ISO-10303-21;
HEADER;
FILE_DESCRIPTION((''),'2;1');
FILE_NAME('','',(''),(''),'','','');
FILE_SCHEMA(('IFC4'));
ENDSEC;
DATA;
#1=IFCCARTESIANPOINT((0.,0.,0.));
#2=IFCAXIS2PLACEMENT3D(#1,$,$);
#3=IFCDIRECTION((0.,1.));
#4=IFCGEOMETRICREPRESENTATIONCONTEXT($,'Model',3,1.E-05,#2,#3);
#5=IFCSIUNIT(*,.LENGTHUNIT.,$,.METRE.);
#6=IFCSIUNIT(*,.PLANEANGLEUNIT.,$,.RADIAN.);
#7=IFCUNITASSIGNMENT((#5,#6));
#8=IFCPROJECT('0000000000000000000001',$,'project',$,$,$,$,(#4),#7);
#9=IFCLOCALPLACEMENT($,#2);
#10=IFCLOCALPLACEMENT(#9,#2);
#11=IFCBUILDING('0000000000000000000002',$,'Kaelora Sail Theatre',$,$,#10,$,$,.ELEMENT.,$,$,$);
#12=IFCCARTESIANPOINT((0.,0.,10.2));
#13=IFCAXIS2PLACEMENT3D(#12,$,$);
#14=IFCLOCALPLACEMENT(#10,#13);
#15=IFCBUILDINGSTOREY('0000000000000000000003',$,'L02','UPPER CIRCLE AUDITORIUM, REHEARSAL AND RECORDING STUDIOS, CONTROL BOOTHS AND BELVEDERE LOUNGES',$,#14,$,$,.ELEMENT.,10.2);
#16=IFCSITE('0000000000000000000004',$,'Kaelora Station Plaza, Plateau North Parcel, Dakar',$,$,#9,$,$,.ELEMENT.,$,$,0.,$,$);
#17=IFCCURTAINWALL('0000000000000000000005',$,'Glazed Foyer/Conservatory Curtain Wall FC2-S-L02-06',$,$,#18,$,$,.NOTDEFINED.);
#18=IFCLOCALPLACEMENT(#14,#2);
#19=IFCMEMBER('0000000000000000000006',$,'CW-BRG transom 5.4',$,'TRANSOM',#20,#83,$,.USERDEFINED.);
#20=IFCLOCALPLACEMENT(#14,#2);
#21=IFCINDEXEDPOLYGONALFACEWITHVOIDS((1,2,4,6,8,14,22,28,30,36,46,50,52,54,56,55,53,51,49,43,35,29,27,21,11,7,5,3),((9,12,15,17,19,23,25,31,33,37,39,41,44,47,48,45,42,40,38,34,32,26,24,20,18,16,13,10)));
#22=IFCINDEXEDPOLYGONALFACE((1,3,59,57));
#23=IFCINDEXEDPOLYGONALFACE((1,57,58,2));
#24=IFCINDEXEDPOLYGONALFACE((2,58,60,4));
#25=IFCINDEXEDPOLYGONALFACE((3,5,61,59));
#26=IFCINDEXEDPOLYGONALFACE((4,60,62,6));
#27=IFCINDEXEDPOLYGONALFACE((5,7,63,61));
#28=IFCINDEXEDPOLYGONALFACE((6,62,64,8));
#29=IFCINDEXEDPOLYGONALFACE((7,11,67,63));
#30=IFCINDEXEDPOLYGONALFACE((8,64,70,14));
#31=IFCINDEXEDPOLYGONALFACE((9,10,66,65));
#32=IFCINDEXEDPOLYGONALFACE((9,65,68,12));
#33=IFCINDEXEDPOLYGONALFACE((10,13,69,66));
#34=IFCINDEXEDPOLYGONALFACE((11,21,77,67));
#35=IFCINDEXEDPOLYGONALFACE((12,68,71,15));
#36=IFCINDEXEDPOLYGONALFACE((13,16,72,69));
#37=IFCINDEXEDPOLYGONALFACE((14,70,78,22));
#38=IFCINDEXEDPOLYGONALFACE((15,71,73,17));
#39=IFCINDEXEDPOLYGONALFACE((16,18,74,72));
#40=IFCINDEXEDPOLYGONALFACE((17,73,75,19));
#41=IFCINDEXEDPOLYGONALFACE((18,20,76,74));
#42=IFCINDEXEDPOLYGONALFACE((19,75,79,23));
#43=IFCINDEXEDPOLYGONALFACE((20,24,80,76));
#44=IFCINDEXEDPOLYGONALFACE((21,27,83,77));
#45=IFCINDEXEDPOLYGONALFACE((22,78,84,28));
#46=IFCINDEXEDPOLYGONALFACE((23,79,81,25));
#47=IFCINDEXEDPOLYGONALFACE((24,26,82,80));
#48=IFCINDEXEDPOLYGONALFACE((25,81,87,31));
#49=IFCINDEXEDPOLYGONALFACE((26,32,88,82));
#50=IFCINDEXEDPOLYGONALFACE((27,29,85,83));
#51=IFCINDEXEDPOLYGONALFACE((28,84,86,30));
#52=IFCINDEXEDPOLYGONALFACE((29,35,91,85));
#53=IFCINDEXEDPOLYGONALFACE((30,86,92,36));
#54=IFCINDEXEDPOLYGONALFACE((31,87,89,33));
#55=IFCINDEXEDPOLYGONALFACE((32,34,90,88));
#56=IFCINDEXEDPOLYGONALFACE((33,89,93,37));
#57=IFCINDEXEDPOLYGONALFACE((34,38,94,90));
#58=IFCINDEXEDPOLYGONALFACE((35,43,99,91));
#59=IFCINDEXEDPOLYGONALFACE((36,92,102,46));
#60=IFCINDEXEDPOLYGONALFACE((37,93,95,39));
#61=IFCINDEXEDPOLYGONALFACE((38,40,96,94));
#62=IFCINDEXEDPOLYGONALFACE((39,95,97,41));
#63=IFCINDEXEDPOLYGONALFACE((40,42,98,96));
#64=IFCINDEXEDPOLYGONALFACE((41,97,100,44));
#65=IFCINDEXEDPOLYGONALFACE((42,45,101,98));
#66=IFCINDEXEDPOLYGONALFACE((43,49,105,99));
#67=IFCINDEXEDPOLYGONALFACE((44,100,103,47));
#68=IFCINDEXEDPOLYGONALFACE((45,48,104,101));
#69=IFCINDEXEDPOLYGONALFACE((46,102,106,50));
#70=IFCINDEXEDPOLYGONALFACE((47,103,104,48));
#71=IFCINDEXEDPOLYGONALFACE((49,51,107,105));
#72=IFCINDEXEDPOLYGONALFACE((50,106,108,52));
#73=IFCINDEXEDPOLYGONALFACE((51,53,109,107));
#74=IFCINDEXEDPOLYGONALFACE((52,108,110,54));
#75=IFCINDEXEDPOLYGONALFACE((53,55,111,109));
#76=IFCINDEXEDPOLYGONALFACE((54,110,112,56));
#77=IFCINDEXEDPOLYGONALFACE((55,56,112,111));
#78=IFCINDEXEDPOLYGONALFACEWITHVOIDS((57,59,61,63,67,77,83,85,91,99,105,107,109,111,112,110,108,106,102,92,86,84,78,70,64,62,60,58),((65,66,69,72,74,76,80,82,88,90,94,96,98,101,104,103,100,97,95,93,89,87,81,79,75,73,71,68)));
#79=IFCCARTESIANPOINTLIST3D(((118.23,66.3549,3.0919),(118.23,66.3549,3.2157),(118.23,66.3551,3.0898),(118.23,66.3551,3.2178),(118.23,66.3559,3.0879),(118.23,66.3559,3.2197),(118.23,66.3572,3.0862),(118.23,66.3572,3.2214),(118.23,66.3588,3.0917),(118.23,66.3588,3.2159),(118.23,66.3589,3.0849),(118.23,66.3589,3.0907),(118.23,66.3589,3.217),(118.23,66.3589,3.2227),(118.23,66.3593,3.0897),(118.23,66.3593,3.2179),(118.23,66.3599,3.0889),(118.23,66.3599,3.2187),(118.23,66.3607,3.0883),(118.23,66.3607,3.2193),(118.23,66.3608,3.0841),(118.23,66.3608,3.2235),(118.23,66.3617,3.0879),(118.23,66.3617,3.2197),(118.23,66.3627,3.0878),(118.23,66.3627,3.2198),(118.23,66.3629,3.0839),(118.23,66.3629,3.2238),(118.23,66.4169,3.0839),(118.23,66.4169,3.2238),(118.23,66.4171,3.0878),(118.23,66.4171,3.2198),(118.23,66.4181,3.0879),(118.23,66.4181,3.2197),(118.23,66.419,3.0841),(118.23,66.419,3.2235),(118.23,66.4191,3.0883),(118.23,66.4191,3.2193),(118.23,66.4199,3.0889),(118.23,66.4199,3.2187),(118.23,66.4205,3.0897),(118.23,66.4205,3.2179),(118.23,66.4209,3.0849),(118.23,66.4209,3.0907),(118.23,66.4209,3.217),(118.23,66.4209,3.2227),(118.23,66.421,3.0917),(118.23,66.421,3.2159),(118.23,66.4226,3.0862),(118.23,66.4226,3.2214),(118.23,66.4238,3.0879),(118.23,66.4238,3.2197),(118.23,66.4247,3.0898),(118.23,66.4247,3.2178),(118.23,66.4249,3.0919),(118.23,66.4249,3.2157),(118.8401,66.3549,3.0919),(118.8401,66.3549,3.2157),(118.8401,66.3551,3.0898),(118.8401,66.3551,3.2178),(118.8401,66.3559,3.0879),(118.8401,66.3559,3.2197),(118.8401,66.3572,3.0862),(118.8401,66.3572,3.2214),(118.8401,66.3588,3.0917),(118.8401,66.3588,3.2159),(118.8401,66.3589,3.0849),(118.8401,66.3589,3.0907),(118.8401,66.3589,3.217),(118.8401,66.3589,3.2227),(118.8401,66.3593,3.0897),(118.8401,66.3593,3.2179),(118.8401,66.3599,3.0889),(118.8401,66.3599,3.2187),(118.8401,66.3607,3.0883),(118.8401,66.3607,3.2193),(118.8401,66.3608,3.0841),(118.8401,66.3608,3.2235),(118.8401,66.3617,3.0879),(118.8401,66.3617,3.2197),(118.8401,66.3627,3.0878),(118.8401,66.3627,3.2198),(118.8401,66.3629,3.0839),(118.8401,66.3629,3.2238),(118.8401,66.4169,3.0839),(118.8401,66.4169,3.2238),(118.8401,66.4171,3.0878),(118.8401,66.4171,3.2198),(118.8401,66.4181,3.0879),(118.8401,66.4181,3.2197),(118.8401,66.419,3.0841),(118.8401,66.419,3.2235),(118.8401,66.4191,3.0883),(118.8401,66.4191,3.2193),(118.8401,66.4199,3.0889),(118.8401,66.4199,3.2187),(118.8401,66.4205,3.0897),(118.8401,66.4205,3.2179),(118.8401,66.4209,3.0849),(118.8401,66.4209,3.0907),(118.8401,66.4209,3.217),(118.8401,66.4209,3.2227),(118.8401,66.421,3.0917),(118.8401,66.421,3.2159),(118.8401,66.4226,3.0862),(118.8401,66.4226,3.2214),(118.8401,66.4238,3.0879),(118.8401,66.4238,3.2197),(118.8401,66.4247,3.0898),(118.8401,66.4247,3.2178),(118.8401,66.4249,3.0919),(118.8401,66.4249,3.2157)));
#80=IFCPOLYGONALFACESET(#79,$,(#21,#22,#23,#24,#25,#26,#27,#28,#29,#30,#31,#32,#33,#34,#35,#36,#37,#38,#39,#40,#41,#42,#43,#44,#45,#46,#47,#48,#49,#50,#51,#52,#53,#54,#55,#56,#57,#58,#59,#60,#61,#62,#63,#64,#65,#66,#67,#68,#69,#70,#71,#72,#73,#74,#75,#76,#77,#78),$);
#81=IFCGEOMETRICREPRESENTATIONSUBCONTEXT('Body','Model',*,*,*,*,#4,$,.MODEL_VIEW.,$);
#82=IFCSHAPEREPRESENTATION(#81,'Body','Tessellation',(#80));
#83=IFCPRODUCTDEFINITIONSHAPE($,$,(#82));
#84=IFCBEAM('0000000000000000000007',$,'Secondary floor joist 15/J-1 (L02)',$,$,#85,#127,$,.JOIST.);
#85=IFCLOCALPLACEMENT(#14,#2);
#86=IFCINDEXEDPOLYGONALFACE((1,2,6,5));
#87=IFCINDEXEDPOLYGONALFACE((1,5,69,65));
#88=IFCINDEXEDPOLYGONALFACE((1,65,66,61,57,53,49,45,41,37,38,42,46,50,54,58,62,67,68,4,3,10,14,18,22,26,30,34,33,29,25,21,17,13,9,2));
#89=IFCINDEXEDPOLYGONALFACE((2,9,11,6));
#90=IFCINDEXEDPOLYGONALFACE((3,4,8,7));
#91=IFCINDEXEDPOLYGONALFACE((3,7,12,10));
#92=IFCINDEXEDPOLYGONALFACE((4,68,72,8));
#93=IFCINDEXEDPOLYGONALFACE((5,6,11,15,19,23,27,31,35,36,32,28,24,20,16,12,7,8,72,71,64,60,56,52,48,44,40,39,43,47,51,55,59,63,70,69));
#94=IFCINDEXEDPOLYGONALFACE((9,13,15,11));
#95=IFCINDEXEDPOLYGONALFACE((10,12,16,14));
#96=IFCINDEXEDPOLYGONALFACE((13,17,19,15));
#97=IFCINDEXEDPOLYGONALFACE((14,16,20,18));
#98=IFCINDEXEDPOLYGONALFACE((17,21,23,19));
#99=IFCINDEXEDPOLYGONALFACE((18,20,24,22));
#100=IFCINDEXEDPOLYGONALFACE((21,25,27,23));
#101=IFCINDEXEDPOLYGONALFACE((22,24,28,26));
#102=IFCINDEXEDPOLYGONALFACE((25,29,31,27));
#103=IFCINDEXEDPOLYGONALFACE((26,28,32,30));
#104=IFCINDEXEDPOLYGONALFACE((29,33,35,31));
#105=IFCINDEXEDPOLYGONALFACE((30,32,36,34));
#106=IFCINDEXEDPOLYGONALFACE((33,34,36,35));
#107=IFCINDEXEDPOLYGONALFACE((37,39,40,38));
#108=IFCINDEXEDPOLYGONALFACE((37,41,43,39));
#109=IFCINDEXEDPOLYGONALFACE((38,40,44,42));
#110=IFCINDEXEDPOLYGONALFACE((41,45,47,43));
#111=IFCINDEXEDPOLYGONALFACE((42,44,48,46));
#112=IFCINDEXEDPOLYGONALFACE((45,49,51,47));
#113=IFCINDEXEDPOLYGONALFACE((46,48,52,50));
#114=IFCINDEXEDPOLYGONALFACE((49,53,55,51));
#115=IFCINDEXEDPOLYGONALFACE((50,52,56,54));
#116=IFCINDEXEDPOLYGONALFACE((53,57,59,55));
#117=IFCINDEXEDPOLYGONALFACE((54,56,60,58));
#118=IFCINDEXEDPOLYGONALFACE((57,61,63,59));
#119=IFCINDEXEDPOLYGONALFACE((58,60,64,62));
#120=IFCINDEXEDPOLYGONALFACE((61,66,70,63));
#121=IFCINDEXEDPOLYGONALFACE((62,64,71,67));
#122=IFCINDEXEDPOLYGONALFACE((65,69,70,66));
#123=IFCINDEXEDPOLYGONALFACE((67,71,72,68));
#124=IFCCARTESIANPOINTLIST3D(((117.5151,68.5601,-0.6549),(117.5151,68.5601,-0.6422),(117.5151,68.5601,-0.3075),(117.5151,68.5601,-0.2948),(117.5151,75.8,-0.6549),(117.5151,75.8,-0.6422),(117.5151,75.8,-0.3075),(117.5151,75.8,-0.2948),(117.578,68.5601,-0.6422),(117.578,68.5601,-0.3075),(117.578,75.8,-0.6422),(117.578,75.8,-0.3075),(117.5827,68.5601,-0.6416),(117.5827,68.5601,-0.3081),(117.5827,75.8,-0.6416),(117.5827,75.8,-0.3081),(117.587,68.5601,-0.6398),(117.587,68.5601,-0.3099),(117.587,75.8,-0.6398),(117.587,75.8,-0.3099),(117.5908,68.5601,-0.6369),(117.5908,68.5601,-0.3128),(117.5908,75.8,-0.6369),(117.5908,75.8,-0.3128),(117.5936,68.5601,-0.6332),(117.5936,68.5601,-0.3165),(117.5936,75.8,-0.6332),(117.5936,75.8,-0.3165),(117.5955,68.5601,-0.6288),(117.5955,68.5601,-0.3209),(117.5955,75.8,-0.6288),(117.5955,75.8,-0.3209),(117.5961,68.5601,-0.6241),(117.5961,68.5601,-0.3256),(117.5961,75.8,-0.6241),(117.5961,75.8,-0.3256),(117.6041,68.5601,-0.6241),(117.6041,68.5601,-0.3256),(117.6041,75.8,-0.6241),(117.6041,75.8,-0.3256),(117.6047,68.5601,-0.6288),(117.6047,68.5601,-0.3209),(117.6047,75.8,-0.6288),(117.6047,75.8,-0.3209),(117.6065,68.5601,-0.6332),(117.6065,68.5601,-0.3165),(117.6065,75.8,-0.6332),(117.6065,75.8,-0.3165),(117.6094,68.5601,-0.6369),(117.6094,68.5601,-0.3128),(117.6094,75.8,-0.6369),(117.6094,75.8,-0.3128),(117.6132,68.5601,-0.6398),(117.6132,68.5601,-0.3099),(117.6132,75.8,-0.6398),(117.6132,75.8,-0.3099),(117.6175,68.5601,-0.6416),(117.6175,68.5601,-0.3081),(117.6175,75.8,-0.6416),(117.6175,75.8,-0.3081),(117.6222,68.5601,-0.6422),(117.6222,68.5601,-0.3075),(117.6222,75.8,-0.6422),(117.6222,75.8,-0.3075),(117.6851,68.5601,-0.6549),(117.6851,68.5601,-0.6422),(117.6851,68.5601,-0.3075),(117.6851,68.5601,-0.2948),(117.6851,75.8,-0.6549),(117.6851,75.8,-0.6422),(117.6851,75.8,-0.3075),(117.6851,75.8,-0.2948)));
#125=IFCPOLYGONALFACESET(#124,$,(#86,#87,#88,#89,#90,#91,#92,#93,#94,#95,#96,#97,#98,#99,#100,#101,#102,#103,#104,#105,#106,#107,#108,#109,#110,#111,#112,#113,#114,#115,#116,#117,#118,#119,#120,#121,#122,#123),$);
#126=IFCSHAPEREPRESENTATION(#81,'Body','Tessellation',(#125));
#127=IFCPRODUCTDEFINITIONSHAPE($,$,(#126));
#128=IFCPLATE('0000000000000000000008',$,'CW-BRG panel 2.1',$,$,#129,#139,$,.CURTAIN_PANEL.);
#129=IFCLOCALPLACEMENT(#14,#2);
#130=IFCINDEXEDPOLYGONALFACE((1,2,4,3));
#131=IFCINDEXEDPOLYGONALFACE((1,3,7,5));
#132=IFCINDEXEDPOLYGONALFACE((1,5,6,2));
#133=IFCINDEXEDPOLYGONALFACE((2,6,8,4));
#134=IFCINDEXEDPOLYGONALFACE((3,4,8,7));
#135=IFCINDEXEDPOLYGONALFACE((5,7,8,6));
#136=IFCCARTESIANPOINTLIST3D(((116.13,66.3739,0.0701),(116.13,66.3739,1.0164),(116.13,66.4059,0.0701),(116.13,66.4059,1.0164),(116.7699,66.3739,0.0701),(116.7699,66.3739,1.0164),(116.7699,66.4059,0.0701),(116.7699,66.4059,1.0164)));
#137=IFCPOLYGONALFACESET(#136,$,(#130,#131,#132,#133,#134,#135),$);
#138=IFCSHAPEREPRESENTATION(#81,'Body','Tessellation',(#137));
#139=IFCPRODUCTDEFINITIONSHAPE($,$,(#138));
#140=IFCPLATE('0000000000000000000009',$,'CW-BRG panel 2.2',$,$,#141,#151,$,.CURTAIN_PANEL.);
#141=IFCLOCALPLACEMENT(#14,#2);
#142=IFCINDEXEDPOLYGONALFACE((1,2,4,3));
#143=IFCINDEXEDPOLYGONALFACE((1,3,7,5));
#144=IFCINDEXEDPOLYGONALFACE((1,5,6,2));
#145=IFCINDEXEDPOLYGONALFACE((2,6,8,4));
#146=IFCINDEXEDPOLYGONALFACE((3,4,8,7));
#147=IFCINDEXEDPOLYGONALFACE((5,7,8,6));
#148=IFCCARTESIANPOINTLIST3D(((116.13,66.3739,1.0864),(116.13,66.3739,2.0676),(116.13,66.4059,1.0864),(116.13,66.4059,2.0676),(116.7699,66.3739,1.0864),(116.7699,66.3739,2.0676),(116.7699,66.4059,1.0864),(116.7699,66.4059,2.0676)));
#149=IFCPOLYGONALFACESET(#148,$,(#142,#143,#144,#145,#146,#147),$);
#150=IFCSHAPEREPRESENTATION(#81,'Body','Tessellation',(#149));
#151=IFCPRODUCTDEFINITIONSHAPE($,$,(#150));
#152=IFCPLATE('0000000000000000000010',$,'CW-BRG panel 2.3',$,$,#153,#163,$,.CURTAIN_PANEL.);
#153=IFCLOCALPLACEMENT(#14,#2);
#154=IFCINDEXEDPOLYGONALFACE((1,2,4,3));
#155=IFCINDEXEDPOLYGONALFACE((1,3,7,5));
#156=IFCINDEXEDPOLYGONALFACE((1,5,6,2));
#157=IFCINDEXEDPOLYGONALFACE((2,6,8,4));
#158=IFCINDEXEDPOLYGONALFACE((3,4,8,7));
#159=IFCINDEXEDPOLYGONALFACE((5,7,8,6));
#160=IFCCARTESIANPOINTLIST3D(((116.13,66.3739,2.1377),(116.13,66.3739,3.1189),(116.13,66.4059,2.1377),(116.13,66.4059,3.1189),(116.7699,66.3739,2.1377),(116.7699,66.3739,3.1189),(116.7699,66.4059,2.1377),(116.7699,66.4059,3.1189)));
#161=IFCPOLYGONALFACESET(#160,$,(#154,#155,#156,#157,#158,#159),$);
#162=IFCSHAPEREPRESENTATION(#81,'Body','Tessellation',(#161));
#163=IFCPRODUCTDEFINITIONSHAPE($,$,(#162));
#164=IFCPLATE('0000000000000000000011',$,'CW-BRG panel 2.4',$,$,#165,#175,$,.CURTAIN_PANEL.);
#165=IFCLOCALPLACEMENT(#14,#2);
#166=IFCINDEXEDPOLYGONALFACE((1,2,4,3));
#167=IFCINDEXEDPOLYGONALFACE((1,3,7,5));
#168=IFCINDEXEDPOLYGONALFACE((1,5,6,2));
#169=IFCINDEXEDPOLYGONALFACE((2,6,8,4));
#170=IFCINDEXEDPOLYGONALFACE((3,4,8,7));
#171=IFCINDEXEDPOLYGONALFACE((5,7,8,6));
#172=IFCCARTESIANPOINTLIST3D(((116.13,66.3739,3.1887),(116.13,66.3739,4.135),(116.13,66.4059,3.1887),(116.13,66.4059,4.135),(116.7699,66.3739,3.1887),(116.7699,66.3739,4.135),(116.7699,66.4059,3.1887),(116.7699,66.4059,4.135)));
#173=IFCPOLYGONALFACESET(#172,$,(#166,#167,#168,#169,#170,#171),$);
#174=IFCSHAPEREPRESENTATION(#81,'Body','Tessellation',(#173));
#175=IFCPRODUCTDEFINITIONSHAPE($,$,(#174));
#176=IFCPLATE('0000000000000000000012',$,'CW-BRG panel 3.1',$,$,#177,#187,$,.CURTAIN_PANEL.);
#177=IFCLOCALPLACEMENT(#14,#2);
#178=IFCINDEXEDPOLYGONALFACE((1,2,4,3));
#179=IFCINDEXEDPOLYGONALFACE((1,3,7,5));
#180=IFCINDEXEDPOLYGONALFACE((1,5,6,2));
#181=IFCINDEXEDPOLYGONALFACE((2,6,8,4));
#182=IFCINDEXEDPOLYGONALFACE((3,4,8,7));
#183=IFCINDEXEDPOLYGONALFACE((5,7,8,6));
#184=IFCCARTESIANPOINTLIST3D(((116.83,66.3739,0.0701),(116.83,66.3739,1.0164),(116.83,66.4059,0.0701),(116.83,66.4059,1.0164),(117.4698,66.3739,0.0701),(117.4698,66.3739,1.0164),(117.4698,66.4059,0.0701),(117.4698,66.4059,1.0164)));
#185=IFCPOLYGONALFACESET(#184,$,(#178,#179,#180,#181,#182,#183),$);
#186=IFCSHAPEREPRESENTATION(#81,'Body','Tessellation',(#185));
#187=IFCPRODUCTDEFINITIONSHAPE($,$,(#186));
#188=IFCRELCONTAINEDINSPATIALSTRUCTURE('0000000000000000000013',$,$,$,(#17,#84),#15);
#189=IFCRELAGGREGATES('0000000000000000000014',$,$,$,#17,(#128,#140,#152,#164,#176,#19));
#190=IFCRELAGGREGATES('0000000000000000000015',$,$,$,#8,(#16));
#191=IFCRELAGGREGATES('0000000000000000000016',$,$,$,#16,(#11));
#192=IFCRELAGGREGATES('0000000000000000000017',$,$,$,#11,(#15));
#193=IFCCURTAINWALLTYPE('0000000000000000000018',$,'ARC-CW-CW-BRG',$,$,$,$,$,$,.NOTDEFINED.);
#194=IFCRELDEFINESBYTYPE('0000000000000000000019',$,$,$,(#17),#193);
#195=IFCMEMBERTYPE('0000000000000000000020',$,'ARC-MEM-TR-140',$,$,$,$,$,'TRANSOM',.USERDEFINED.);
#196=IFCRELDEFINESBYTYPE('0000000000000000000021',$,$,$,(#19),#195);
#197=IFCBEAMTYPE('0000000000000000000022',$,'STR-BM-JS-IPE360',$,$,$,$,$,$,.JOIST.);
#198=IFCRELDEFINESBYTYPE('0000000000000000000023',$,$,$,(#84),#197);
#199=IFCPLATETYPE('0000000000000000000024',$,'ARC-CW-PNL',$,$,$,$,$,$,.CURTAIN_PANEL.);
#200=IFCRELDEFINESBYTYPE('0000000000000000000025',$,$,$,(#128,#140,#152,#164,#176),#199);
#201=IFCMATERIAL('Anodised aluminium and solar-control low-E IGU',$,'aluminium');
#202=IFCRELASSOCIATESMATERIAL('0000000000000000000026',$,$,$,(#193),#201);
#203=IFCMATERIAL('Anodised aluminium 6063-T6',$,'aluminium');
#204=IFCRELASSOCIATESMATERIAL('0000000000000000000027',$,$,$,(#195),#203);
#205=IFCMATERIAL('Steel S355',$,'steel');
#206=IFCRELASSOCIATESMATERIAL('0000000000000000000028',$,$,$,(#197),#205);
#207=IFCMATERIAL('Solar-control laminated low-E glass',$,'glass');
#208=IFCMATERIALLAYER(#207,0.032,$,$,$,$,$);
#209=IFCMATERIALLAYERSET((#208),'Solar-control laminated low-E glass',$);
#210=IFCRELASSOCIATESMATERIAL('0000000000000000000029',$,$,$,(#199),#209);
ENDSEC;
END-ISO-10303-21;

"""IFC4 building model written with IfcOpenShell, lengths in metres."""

from ifc_helpers import new_model, si_unit, direction, frame, origin, origin_2d, place, context, subcontext, project, spatial, rectangle, hollow_rectangle, i_section, extrude, material, layer, layer_set, material_profile, profile_set, type_object, element, aggregate, save


model = new_model("IFC4")

# Units and contexts
model_context = context("Model", 3, precision=1e-05, world=origin(), true_north=direction((0.0, 1.0)))
body_context = subcontext(model_context, "Body", "Model", "MODEL_VIEW")
ifc_project = project(units=[si_unit("LENGTHUNIT", "METRE"), si_unit("PLANEANGLEUNIT", "RADIAN")], contexts=[model_context])

# Site, building, storey
site_placement = place(None, origin())
site = spatial("IfcSite", under=ifc_project, at=site_placement, Name="Kaelora Station Plaza, Plateau North Parcel, Dakar", CompositionType="ELEMENT", RefElevation=0.0)
building_placement = place(site_placement, origin())
building = spatial("IfcBuilding", under=site, at=building_placement, Name="Kaelora Sail Theatre", CompositionType="ELEMENT")
storey_placement = place(building_placement, frame((0.0, 0.0, 10.2)))
storey = spatial("IfcBuildingStorey", under=building, at=storey_placement, Name="L02", Description="UPPER CIRCLE AUDITORIUM, REHEARSAL AND RECORDING STUDIOS, CONTROL BOOTHS AND BELVEDERE LOUNGES", CompositionType="ELEMENT", Elevation=10.2)

# Curtain wall, member
ifc_material_1 = material(Name="Anodised aluminium and solar-control low-E IGU", Category="aluminium")
curtain_wall_type = type_object("IfcCurtainWallType", Name="ARC-CW-CW-BRG", PredefinedType="NOTDEFINED", material=ifc_material_1)
curtain_wall_placement = place(storey_placement, origin())
curtain_wall = element("IfcCurtainWall", 1, at=curtain_wall_placement, inside=storey, type_object=curtain_wall_type, Name="Glazed Foyer/Conservatory Curtain Wall FC2-S-L02-06", PredefinedType="NOTDEFINED")
ifc_material_2 = material(Name="Anodised aluminium 6063-T6", Category="aluminium")
ifc_material_profile_1 = material_profile(ifc_material_2, hollow_rectangle(XDim=0.0701, YDim=0.1399, WallThickness=0.0039, InnerFilletRadius=0.0039, OuterFilletRadius=0.0081, at=origin_2d()), Name="ALU-TRAN 70x140x4")
ifc_profile_set_1 = profile_set([ifc_material_profile_1], Name="Anodised aluminium 6063-T6")
member_type_1 = type_object("IfcMemberType", Name="ARC-MEM-TR-140", ElementType="TRANSOM", PredefinedType="USERDEFINED", material=ifc_profile_set_1)
member_1_placement = place(storey_placement, frame((118.23, 66.3899, 3.1538), z_axis=(1.0, 0.0, 0.0), x_axis=(0.0, 1.0, 0.0)))
member_1 = element("IfcMember", 2, at=member_1_placement, type_object=member_type_1, Name="CW-BRG transom 5.4", ObjectType="TRANSOM", PredefinedType="USERDEFINED", context=body_context, shape_type="SweptSolid", body=[
    extrude(hollow_rectangle(XDim=0.0701, YDim=0.1399, WallThickness=0.0039, InnerFilletRadius=0.0039, OuterFilletRadius=0.0081, at=origin_2d()), origin(), (0.0, 0.0, 1.0), 0.6101),
])

# Beam
ifc_material_3 = material(Name="Steel S355", Category="steel")
ifc_material_profile_2 = material_profile(ifc_material_3, i_section(OverallWidth=0.1699, OverallDepth=0.3601, WebThickness=0.0081, FlangeThickness=0.0127, FilletRadius=0.0181, at=origin_2d()), Name="IPE 360")
ifc_profile_set_2 = profile_set([ifc_material_profile_2], Name="Steel S355")
beam_type = type_object("IfcBeamType", Name="STR-BM-JS-IPE360", PredefinedType="JOIST", material=ifc_profile_set_2)
beam_placement = place(storey_placement, frame((117.6001, 68.5601, -0.4749), z_axis=(0.0, 1.0, 0.0), x_axis=(-1.0, 0.0, 0.0)))
element("IfcBeam", 3, at=beam_placement, inside=storey, type_object=beam_type, Name="Secondary floor joist 15/J-1 (L02)", PredefinedType="JOIST", context=body_context, shape_type="SweptSolid", body=[
    extrude(i_section(OverallWidth=0.1699, OverallDepth=0.3601, WebThickness=0.0081, FlangeThickness=0.0127, FilletRadius=0.0181, at=origin_2d()), origin(), (0.0, 0.0, 1.0), 7.24),
])

# Plates
ifc_material_4 = material(Name="Solar-control laminated low-E glass", Category="glass")
ifc_layer_1 = layer(ifc_material_4, 0.032)
ifc_layer_set_1 = layer_set([ifc_layer_1], Name="Solar-control laminated low-E glass")
plate_type = type_object("IfcPlateType", Name="ARC-CW-PNL", PredefinedType="CURTAIN_PANEL", material=ifc_layer_set_1)
plate_1_placement = place(storey_placement, frame((116.45, 66.3899, 0.0701), z_axis=(0.0, 0.0, 1.0), x_axis=(1.0, 0.0, 0.0)))
plate_1 = element("IfcPlate", 4, at=plate_1_placement, type_object=plate_type, Name="CW-BRG panel 2.1", PredefinedType="CURTAIN_PANEL", context=body_context, shape_type="SweptSolid", body=[
    extrude(rectangle(XDim=0.6399, YDim=0.032, at=origin_2d()), origin(), (0.0, 0.0, 1.0), 0.9463),
])
plate_2_placement = place(storey_placement, frame((116.45, 66.3899, 1.0864), z_axis=(0.0, 0.0, 1.0), x_axis=(1.0, 0.0, 0.0)))
plate_2 = element("IfcPlate", 5, at=plate_2_placement, type_object=plate_type, Name="CW-BRG panel 2.2", PredefinedType="CURTAIN_PANEL", context=body_context, shape_type="SweptSolid", body=[
    extrude(rectangle(XDim=0.6399, YDim=0.032, at=origin_2d()), origin(), (0.0, 0.0, 1.0), 0.9812),
])
plate_3_placement = place(storey_placement, frame((116.45, 66.3899, 2.1377), z_axis=(0.0, 0.0, 1.0), x_axis=(1.0, 0.0, 0.0)))
plate_3 = element("IfcPlate", 6, at=plate_3_placement, type_object=plate_type, Name="CW-BRG panel 2.3", PredefinedType="CURTAIN_PANEL", context=body_context, shape_type="SweptSolid", body=[
    extrude(rectangle(XDim=0.6399, YDim=0.032, at=origin_2d()), origin(), (0.0, 0.0, 1.0), 0.9812),
])
plate_4_placement = place(storey_placement, frame((116.45, 66.3899, 3.1887), z_axis=(0.0, 0.0, 1.0), x_axis=(1.0, 0.0, 0.0)))
plate_4 = element("IfcPlate", 7, at=plate_4_placement, type_object=plate_type, Name="CW-BRG panel 2.4", PredefinedType="CURTAIN_PANEL", context=body_context, shape_type="SweptSolid", body=[
    extrude(rectangle(XDim=0.6399, YDim=0.032, at=origin_2d()), origin(), (0.0, 0.0, 1.0), 0.9463),
])
plate_5_placement = place(storey_placement, frame((117.1499, 66.3899, 0.0701), z_axis=(0.0, 0.0, 1.0), x_axis=(1.0, 0.0, 0.0)))
plate_5 = element("IfcPlate", 8, at=plate_5_placement, type_object=plate_type, Name="CW-BRG panel 3.1", PredefinedType="CURTAIN_PANEL", context=body_context, shape_type="SweptSolid", body=[
    extrude(rectangle(XDim=0.6399, YDim=0.032, at=origin_2d()), origin(), (0.0, 0.0, 1.0), 0.9463),
])
aggregate(curtain_wall, [plate_1, plate_2, plate_3, plate_4, plate_5, member_1])

save(model, "model.ifc")
